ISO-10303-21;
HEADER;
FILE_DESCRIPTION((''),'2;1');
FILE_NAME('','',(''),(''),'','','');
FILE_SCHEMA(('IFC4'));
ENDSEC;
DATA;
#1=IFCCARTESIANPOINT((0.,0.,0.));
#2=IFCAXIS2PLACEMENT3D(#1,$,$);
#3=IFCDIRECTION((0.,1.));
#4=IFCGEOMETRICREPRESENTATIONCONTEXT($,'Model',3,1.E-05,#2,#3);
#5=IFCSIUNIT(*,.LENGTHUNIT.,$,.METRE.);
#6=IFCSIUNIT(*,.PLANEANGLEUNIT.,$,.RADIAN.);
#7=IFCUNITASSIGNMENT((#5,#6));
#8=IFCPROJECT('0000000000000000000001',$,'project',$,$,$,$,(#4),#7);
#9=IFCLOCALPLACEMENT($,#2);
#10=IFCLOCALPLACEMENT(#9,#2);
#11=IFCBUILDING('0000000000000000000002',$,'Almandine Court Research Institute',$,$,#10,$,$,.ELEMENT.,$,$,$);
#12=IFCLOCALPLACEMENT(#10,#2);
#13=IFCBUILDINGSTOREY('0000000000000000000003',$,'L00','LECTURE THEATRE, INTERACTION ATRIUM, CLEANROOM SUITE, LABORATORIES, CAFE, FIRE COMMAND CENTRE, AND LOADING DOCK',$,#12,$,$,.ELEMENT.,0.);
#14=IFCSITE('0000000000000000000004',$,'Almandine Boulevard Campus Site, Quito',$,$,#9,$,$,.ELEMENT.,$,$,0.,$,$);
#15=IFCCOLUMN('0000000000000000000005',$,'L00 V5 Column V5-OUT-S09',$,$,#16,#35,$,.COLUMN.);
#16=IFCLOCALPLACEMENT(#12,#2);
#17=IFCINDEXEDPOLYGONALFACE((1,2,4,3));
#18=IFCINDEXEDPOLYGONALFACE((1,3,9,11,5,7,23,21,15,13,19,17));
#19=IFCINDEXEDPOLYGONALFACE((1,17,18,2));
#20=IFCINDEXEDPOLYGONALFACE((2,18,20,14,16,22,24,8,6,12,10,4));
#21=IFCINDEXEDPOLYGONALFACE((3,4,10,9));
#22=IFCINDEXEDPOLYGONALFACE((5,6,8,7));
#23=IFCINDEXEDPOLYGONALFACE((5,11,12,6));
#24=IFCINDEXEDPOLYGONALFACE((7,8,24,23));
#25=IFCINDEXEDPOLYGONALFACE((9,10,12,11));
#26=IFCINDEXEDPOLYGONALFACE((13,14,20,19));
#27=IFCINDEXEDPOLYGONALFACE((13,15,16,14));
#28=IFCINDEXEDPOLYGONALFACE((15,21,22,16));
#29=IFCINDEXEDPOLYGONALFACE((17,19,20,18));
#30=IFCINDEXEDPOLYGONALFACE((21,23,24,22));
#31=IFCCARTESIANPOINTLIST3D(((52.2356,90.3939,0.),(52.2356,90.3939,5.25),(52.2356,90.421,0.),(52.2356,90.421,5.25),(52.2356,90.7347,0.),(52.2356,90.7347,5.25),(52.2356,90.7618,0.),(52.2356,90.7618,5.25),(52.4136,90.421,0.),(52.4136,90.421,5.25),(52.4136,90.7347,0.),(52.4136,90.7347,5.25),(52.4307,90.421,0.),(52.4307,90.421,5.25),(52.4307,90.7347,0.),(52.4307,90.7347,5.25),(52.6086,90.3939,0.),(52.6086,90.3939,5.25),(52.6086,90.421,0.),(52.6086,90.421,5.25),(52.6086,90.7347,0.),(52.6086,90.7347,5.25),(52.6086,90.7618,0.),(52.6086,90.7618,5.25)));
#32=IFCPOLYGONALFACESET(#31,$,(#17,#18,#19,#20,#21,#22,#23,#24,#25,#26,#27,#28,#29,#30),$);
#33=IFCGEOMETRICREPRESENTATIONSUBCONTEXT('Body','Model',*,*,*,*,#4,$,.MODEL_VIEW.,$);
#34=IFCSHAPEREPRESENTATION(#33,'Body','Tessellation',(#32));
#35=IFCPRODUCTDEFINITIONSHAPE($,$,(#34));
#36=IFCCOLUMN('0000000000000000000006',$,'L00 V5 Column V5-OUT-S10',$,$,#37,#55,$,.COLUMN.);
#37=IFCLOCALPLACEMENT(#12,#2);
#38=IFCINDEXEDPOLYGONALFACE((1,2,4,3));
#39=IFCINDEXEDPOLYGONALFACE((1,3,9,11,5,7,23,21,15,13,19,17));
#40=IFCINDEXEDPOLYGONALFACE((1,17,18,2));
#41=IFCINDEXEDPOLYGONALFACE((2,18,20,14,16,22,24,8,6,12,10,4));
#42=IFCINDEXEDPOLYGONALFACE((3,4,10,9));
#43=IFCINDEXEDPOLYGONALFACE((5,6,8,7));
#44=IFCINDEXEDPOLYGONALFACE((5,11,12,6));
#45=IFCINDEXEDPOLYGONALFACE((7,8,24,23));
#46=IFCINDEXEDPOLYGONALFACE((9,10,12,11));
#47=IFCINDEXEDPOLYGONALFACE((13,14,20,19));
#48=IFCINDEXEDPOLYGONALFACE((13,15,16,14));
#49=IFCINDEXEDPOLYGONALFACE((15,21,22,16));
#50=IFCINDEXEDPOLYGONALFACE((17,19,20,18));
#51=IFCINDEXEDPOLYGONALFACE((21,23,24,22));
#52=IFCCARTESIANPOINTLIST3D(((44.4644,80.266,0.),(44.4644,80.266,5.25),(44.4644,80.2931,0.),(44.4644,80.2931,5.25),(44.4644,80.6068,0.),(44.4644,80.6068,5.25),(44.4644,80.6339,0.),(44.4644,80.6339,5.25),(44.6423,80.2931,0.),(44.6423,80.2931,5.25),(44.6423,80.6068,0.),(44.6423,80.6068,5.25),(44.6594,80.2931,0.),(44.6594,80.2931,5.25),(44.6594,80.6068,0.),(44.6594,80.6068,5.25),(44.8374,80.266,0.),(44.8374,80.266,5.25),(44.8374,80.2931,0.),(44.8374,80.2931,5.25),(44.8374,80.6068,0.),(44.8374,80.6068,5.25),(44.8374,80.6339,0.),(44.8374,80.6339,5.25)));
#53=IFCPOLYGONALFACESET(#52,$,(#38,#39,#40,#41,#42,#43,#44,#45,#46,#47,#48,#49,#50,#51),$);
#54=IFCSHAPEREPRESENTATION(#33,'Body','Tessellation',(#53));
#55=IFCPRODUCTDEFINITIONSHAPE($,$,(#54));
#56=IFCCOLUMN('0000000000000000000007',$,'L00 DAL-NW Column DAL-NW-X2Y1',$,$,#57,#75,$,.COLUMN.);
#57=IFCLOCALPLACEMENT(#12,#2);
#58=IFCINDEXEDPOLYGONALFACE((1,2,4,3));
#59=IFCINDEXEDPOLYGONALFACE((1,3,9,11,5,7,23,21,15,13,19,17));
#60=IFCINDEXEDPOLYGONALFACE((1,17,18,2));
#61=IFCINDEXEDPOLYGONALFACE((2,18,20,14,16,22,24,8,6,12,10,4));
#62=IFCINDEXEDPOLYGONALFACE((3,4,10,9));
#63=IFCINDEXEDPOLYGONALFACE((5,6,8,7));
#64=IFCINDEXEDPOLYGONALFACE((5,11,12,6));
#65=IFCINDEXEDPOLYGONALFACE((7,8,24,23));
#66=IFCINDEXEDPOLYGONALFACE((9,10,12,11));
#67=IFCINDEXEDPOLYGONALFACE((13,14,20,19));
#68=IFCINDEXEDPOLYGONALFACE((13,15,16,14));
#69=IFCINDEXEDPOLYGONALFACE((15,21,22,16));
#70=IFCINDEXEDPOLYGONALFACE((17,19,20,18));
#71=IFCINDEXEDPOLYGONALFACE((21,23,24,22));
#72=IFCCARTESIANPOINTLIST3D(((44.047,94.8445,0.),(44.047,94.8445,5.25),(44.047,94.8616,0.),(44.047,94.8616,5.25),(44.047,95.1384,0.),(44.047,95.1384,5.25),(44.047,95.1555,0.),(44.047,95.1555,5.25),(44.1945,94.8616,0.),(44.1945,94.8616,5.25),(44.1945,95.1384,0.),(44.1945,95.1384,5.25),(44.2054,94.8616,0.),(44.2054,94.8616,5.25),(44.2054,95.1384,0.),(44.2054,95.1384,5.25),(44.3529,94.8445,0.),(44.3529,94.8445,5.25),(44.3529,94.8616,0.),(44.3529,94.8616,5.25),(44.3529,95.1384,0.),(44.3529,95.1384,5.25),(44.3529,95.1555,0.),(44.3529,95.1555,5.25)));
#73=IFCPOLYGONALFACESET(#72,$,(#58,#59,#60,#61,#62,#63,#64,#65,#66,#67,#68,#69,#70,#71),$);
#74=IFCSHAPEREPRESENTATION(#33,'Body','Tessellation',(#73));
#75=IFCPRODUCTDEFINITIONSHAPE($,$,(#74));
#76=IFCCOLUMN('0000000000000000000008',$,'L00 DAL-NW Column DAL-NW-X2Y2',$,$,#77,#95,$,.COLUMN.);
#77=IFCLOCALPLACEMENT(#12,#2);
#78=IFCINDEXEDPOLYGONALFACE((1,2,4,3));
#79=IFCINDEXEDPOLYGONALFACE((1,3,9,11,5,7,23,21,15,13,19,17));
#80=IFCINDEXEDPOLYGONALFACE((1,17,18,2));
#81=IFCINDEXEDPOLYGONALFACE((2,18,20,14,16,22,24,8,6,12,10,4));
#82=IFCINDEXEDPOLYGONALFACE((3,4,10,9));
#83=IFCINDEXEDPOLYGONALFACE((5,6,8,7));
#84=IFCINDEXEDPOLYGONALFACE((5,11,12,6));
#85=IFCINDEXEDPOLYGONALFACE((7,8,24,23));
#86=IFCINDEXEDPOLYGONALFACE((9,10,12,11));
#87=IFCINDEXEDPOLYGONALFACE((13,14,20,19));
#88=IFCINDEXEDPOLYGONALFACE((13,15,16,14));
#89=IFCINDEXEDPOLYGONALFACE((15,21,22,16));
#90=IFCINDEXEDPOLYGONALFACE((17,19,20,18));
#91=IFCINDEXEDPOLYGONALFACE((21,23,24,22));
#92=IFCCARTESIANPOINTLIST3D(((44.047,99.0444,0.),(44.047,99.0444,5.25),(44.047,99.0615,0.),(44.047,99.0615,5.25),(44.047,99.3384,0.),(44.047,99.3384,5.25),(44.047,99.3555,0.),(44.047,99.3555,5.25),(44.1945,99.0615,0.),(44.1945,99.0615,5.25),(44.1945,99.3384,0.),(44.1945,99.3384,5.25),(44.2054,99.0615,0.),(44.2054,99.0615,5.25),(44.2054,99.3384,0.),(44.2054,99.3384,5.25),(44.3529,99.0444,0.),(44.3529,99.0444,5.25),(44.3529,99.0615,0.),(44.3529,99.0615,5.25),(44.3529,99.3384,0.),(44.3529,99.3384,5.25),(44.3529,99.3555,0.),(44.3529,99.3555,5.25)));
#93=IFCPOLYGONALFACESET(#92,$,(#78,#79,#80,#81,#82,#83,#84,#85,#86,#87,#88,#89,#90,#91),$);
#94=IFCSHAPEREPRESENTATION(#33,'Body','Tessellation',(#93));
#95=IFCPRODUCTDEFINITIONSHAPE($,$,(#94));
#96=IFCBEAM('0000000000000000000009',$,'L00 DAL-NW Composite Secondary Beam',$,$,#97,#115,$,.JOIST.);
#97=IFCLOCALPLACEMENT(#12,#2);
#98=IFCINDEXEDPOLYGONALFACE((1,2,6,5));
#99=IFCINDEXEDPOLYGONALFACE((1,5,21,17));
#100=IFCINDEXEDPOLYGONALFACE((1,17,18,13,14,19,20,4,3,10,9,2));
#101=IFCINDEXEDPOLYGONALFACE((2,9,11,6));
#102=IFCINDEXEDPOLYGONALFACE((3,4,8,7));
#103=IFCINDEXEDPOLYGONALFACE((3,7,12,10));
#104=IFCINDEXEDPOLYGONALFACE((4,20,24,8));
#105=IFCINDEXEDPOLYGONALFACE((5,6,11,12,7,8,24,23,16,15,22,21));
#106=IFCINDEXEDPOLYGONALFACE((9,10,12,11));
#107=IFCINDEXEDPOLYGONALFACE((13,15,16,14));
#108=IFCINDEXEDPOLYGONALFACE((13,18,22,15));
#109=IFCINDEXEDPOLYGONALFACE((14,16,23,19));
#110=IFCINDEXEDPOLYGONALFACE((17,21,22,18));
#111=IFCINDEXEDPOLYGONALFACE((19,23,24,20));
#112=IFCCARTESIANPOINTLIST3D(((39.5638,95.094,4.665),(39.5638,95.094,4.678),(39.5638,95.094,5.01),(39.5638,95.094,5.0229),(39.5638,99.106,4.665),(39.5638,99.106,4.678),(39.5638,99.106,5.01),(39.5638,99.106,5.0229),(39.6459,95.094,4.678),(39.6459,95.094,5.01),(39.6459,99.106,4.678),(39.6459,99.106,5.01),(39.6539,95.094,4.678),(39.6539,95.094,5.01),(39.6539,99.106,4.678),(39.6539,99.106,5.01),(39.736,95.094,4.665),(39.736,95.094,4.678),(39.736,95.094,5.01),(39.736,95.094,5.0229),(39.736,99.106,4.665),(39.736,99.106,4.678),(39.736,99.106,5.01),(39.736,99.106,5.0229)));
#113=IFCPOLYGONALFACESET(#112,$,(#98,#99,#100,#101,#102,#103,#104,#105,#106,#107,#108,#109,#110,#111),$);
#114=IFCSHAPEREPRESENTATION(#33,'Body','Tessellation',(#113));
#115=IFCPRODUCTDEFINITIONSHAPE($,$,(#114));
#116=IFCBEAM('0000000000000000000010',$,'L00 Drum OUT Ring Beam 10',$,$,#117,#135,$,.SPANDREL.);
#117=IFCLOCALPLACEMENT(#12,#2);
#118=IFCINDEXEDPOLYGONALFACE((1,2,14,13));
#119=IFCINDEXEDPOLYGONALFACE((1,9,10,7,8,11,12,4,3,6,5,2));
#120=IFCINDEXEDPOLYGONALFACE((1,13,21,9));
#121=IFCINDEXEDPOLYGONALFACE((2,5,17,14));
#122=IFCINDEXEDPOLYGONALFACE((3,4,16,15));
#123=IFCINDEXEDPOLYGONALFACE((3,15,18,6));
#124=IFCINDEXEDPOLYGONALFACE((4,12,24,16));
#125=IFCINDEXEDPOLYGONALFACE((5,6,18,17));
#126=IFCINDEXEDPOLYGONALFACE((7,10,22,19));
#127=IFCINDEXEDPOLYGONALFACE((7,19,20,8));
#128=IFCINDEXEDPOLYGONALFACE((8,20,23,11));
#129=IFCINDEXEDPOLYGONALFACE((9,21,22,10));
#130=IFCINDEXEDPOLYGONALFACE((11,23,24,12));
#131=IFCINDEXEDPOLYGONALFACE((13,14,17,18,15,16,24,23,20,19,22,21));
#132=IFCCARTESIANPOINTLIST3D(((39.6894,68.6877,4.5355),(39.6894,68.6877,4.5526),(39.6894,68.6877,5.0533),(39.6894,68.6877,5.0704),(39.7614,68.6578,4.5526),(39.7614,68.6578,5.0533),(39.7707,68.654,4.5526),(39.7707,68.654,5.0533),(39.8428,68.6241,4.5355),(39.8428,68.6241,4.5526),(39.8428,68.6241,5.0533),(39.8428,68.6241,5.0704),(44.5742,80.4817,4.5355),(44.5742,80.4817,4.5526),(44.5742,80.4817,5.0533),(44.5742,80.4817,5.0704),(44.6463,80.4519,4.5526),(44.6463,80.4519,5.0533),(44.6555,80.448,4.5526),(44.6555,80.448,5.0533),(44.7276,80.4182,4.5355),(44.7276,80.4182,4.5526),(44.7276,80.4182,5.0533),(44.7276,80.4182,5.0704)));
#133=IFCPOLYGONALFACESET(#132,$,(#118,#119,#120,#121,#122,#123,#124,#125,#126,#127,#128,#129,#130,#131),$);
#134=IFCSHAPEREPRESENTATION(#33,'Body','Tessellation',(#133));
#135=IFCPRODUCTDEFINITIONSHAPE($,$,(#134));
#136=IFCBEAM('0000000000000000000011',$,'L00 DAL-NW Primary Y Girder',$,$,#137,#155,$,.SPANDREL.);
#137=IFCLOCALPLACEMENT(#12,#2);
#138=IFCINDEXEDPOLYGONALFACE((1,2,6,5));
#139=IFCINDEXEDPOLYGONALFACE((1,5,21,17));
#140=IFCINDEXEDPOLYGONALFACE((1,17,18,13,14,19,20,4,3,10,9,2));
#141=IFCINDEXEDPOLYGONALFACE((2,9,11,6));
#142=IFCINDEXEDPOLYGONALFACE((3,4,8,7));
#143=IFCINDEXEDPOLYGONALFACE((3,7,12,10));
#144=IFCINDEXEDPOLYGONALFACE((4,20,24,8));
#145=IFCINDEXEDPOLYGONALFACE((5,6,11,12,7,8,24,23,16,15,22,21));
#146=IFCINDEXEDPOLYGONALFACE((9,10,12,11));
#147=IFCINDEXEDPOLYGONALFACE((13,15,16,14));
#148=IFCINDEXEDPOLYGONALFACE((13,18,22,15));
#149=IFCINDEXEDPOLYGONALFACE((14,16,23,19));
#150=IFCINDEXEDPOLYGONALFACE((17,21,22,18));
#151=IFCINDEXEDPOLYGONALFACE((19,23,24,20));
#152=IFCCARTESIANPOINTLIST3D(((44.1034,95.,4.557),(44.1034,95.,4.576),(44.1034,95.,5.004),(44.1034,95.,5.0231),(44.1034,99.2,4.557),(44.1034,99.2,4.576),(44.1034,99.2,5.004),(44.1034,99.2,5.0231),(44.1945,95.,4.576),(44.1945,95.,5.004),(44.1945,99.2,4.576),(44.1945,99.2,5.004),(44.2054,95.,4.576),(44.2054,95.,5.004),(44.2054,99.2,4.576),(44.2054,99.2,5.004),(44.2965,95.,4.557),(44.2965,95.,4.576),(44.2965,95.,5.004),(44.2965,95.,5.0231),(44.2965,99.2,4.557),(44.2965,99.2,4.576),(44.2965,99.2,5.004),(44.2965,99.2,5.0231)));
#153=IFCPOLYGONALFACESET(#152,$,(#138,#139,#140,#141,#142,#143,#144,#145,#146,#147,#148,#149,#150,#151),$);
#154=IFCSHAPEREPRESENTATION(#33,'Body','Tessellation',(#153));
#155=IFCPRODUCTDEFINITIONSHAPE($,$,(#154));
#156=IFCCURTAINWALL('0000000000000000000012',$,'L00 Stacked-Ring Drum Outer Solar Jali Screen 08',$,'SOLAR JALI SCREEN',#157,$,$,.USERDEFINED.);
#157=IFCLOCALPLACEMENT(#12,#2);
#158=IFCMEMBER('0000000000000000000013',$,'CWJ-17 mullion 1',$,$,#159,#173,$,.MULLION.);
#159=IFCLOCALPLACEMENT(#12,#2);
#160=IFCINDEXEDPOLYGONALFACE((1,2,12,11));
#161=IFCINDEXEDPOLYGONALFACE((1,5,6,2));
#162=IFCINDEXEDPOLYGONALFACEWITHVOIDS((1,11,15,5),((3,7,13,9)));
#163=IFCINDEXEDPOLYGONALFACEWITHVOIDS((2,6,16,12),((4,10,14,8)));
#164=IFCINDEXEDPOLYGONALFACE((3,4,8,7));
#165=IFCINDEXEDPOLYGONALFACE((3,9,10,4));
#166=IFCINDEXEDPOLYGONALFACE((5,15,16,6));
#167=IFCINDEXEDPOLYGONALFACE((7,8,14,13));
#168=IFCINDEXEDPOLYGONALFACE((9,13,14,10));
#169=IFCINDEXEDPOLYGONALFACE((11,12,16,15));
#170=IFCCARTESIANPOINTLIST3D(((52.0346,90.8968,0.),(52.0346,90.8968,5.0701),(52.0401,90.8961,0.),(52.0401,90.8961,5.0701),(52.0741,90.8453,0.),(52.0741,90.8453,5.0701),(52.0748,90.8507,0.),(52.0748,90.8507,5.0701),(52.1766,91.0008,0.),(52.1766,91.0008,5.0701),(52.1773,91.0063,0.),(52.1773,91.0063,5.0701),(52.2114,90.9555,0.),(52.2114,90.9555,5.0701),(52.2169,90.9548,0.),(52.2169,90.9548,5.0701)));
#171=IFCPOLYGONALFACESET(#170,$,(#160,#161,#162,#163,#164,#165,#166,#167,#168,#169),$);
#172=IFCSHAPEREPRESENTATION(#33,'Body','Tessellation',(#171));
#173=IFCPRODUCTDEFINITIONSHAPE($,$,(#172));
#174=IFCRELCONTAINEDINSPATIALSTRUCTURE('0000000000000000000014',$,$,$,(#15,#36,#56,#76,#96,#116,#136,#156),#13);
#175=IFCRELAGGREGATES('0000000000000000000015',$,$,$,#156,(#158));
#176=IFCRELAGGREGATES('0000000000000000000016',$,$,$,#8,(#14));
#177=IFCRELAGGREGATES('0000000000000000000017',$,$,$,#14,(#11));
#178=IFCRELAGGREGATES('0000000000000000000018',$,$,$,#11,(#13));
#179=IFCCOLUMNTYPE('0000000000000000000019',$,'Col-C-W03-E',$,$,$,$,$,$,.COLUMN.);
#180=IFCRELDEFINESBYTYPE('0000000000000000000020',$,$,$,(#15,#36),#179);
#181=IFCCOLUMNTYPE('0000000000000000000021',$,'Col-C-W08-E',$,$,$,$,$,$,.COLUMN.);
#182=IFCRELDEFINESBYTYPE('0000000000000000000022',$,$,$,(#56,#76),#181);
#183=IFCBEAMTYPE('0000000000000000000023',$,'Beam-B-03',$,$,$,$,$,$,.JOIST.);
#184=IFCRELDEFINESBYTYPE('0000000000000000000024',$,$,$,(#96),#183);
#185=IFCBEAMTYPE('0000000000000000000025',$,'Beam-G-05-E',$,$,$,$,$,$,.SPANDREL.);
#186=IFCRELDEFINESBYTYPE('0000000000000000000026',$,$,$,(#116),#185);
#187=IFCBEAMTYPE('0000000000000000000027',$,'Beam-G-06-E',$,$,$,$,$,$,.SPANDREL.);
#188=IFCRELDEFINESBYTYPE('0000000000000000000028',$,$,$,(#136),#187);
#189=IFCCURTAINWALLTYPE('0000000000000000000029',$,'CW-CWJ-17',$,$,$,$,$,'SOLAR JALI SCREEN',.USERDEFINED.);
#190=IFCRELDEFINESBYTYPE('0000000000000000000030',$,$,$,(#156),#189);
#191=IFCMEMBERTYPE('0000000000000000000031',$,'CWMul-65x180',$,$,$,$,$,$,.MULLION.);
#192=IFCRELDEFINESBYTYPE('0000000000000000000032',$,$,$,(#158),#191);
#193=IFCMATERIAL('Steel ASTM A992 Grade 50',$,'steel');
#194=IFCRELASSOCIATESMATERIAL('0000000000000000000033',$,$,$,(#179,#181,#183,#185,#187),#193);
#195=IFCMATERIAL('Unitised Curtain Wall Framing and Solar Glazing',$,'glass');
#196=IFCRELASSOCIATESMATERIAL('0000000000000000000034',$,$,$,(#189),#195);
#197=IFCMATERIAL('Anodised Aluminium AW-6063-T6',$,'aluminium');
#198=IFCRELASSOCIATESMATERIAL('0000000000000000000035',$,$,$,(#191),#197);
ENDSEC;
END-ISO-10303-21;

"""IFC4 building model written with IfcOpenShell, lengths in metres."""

from ifc_helpers import new_model, si_unit, direction, frame, origin, origin_2d, place, context, subcontext, project, spatial, hollow_rectangle, i_section, extrude, material, material_profile, profile_set, type_object, element, aggregate, save


model = new_model("IFC4")

# Units and contexts
model_context = context("Model", 3, precision=1e-05, world=origin(), true_north=direction((0.0, 1.0)))
body_context = subcontext(model_context, "Body", "Model", "MODEL_VIEW")
ifc_project = project(units=[si_unit("LENGTHUNIT", "METRE"), si_unit("PLANEANGLEUNIT", "RADIAN")], contexts=[model_context])

# Site, building, storey
site_placement = place(None, origin())
site = spatial("IfcSite", under=ifc_project, at=site_placement, Name="Almandine Boulevard Campus Site, Quito", CompositionType="ELEMENT", RefElevation=0.0)
building_placement = place(site_placement, origin())
building = spatial("IfcBuilding", under=site, at=building_placement, Name="Almandine Court Research Institute", CompositionType="ELEMENT")
storey_placement = place(building_placement, origin())
storey = spatial("IfcBuildingStorey", under=building, at=storey_placement, Name="L00", Description="LECTURE THEATRE, INTERACTION ATRIUM, CLEANROOM SUITE, LABORATORIES, CAFE, FIRE COMMAND CENTRE, AND LOADING DOCK", CompositionType="ELEMENT", Elevation=0.0)

# Columns
ifc_material_1 = material(Name="Steel ASTM A992 Grade 50", Category="steel")
ifc_material_profile_1 = material_profile(ifc_material_1, i_section(OverallWidth=0.373, OverallDepth=0.3679, WebThickness=0.0171, FlangeThickness=0.0271, at=origin_2d()), Name="W360x179")
ifc_profile_set_1 = profile_set([ifc_material_profile_1], Name="Steel ASTM A992 Grade 50")
column_type_1 = type_object("IfcColumnType", Name="Col-C-W03-E", PredefinedType="COLUMN", material=ifc_profile_set_1)
for number, where, z_axis, x_axis, name in (
    (1, (52.4221, 90.5779, 0.0), (0.0, 0.0, 1.0), (1.0, 0.0, 0.0), "L00 V5 Column V5-OUT-S09"),
    (2, (44.6509, 80.45, 0.0), (0.0, 0.0, 1.0), (1.0, 0.0, 0.0), "L00 V5 Column V5-OUT-S10"),
):
    element("IfcColumn", number, at=place(storey_placement, frame(where, z_axis=z_axis, x_axis=x_axis)), inside=storey, type_object=column_type_1, Name=name, PredefinedType="COLUMN", context=body_context, shape_type="SweptSolid", body=[
        extrude(i_section(OverallWidth=0.373, OverallDepth=0.3679, WebThickness=0.0171, FlangeThickness=0.0271, at=origin_2d()), origin(), (0.0, 0.0, 1.0), 5.25),
    ])
ifc_material_profile_2 = material_profile(ifc_material_1, i_section(OverallWidth=0.3059, OverallDepth=0.311, WebThickness=0.011, FlangeThickness=0.0171, at=origin_2d()), Name="W310x107")
ifc_profile_set_2 = profile_set([ifc_material_profile_2], Name="Steel ASTM A992 Grade 50")
column_type_2 = type_object("IfcColumnType", Name="Col-C-W08-E", PredefinedType="COLUMN", material=ifc_profile_set_2)
for number, where, z_axis, x_axis, name in (
    (3, (44.2, 95.0, 0.0), (0.0, 0.0, 1.0), (1.0, 0.0, 0.0), "L00 DAL-NW Column DAL-NW-X2Y1"),
    (4, (44.2, 99.2, 0.0), (0.0, 0.0, 1.0), (1.0, 0.0, 0.0), "L00 DAL-NW Column DAL-NW-X2Y2"),
):
    element("IfcColumn", number, at=place(storey_placement, frame(where, z_axis=z_axis, x_axis=x_axis)), inside=storey, type_object=column_type_2, Name=name, PredefinedType="COLUMN", context=body_context, shape_type="SweptSolid", body=[
        extrude(i_section(OverallWidth=0.3059, OverallDepth=0.311, WebThickness=0.011, FlangeThickness=0.0171, at=origin_2d()), origin(), (0.0, 0.0, 1.0), 5.25),
    ])

# Beams
ifc_material_profile_3 = material_profile(ifc_material_1, i_section(OverallWidth=0.1721, OverallDepth=0.3579, WebThickness=0.0081, FlangeThickness=0.0129, at=origin_2d()), Name="W360x57")
ifc_profile_set_3 = profile_set([ifc_material_profile_3], Name="Steel ASTM A992 Grade 50")
beam_type_1 = type_object("IfcBeamType", Name="Beam-B-03", PredefinedType="JOIST", material=ifc_profile_set_3)
beam_1_placement = place(storey_placement, frame((39.6499, 95.094, 4.844), z_axis=(0.0, 1.0, 0.0), x_axis=(-1.0, 0.0, 0.0)))
element("IfcBeam", 5, at=beam_1_placement, inside=storey, type_object=beam_type_1, Name="L00 DAL-NW Composite Secondary Beam", PredefinedType="JOIST", context=body_context, shape_type="SweptSolid", body=[
    extrude(i_section(OverallWidth=0.1721, OverallDepth=0.3579, WebThickness=0.0081, FlangeThickness=0.0129, at=origin_2d()), origin(), (0.0, 0.0, 1.0), 4.012),
])
ifc_material_profile_4 = material_profile(ifc_material_1, i_section(OverallWidth=0.166, OverallDepth=0.5349, WebThickness=0.01, FlangeThickness=0.0171, at=origin_2d()), Name="W530x85")
ifc_profile_set_4 = profile_set([ifc_material_profile_4], Name="Steel ASTM A992 Grade 50")
beam_type_2 = type_object("IfcBeamType", Name="Beam-G-05-E", PredefinedType="SPANDREL", material=ifc_profile_set_4)
beam_2_placement = place(storey_placement, frame((44.6509, 80.45, 4.803), z_axis=(-0.382654, -0.923892, 0.0), x_axis=(0.923892, -0.382654, 0.0)))
element("IfcBeam", 6, at=beam_2_placement, inside=storey, type_object=beam_type_2, Name="L00 Drum OUT Ring Beam 10", PredefinedType="SPANDREL", context=body_context, shape_type="SweptSolid", body=[
    extrude(i_section(OverallWidth=0.166, OverallDepth=0.5349, WebThickness=0.01, FlangeThickness=0.0171, at=origin_2d()), origin(), (0.0, 0.0, 1.0), 12.7656),
])
ifc_material_profile_5 = material_profile(ifc_material_1, i_section(OverallWidth=0.1931, OverallDepth=0.4661, WebThickness=0.011, FlangeThickness=0.019, at=origin_2d()), Name="W460x97")
ifc_profile_set_5 = profile_set([ifc_material_profile_5], Name="Steel ASTM A992 Grade 50")
beam_type_3 = type_object("IfcBeamType", Name="Beam-G-06-E", PredefinedType="SPANDREL", material=ifc_profile_set_5)
beam_3_placement = place(storey_placement, frame((44.2, 95.0, 4.79), z_axis=(0.0, 1.0, 0.0), x_axis=(-1.0, 0.0, 0.0)))
element("IfcBeam", 7, at=beam_3_placement, inside=storey, type_object=beam_type_3, Name="L00 DAL-NW Primary Y Girder", PredefinedType="SPANDREL", context=body_context, shape_type="SweptSolid", body=[
    extrude(i_section(OverallWidth=0.1931, OverallDepth=0.4661, WebThickness=0.011, FlangeThickness=0.019, at=origin_2d()), origin(), (0.0, 0.0, 1.0), 4.2),
])

# Curtain wall, member
ifc_material_2 = material(Name="Unitised Curtain Wall Framing and Solar Glazing", Category="glass")
curtain_wall_type_1 = type_object("IfcCurtainWallType", Name="CW-CWJ-17", ElementType="SOLAR JALI SCREEN", PredefinedType="USERDEFINED", material=ifc_material_2)
curtain_wall_1_placement = place(storey_placement, origin())
curtain_wall_1 = element("IfcCurtainWall", 8, at=curtain_wall_1_placement, inside=storey, type_object=curtain_wall_type_1, Name="L00 Stacked-Ring Drum Outer Solar Jali Screen 08", ObjectType="SOLAR JALI SCREEN", PredefinedType="USERDEFINED")
ifc_material_3 = material(Name="Anodised Aluminium AW-6063-T6", Category="aluminium")
ifc_material_profile_6 = material_profile(ifc_material_3, hollow_rectangle(XDim=0.0649, YDim=0.1799, WallThickness=0.0039, at=origin_2d()), Name="ALU RHS 65x180x4")
ifc_profile_set_6 = profile_set([ifc_material_profile_6], Name="Anodised Aluminium AW-6063-T6")
member_type_1 = type_object("IfcMemberType", Name="CWMul-65x180", PredefinedType="MULLION", material=ifc_profile_set_6)
member_1_placement = place(storey_placement, frame((52.1257, 90.9258, 0.0), z_axis=(0.0, 0.0, 1.0), x_axis=(-0.608723, 0.793383, 0.0)))
member_1 = element("IfcMember", 9, at=member_1_placement, type_object=member_type_1, Name="CWJ-17 mullion 1", PredefinedType="MULLION", context=body_context, shape_type="SweptSolid", body=[
    extrude(hollow_rectangle(XDim=0.0649, YDim=0.1799, WallThickness=0.0039, at=origin_2d()), origin(), (0.0, 0.0, 1.0), 5.0701),
])

aggregate(curtain_wall_1, [member_1])

save(model, "model.ifc")
